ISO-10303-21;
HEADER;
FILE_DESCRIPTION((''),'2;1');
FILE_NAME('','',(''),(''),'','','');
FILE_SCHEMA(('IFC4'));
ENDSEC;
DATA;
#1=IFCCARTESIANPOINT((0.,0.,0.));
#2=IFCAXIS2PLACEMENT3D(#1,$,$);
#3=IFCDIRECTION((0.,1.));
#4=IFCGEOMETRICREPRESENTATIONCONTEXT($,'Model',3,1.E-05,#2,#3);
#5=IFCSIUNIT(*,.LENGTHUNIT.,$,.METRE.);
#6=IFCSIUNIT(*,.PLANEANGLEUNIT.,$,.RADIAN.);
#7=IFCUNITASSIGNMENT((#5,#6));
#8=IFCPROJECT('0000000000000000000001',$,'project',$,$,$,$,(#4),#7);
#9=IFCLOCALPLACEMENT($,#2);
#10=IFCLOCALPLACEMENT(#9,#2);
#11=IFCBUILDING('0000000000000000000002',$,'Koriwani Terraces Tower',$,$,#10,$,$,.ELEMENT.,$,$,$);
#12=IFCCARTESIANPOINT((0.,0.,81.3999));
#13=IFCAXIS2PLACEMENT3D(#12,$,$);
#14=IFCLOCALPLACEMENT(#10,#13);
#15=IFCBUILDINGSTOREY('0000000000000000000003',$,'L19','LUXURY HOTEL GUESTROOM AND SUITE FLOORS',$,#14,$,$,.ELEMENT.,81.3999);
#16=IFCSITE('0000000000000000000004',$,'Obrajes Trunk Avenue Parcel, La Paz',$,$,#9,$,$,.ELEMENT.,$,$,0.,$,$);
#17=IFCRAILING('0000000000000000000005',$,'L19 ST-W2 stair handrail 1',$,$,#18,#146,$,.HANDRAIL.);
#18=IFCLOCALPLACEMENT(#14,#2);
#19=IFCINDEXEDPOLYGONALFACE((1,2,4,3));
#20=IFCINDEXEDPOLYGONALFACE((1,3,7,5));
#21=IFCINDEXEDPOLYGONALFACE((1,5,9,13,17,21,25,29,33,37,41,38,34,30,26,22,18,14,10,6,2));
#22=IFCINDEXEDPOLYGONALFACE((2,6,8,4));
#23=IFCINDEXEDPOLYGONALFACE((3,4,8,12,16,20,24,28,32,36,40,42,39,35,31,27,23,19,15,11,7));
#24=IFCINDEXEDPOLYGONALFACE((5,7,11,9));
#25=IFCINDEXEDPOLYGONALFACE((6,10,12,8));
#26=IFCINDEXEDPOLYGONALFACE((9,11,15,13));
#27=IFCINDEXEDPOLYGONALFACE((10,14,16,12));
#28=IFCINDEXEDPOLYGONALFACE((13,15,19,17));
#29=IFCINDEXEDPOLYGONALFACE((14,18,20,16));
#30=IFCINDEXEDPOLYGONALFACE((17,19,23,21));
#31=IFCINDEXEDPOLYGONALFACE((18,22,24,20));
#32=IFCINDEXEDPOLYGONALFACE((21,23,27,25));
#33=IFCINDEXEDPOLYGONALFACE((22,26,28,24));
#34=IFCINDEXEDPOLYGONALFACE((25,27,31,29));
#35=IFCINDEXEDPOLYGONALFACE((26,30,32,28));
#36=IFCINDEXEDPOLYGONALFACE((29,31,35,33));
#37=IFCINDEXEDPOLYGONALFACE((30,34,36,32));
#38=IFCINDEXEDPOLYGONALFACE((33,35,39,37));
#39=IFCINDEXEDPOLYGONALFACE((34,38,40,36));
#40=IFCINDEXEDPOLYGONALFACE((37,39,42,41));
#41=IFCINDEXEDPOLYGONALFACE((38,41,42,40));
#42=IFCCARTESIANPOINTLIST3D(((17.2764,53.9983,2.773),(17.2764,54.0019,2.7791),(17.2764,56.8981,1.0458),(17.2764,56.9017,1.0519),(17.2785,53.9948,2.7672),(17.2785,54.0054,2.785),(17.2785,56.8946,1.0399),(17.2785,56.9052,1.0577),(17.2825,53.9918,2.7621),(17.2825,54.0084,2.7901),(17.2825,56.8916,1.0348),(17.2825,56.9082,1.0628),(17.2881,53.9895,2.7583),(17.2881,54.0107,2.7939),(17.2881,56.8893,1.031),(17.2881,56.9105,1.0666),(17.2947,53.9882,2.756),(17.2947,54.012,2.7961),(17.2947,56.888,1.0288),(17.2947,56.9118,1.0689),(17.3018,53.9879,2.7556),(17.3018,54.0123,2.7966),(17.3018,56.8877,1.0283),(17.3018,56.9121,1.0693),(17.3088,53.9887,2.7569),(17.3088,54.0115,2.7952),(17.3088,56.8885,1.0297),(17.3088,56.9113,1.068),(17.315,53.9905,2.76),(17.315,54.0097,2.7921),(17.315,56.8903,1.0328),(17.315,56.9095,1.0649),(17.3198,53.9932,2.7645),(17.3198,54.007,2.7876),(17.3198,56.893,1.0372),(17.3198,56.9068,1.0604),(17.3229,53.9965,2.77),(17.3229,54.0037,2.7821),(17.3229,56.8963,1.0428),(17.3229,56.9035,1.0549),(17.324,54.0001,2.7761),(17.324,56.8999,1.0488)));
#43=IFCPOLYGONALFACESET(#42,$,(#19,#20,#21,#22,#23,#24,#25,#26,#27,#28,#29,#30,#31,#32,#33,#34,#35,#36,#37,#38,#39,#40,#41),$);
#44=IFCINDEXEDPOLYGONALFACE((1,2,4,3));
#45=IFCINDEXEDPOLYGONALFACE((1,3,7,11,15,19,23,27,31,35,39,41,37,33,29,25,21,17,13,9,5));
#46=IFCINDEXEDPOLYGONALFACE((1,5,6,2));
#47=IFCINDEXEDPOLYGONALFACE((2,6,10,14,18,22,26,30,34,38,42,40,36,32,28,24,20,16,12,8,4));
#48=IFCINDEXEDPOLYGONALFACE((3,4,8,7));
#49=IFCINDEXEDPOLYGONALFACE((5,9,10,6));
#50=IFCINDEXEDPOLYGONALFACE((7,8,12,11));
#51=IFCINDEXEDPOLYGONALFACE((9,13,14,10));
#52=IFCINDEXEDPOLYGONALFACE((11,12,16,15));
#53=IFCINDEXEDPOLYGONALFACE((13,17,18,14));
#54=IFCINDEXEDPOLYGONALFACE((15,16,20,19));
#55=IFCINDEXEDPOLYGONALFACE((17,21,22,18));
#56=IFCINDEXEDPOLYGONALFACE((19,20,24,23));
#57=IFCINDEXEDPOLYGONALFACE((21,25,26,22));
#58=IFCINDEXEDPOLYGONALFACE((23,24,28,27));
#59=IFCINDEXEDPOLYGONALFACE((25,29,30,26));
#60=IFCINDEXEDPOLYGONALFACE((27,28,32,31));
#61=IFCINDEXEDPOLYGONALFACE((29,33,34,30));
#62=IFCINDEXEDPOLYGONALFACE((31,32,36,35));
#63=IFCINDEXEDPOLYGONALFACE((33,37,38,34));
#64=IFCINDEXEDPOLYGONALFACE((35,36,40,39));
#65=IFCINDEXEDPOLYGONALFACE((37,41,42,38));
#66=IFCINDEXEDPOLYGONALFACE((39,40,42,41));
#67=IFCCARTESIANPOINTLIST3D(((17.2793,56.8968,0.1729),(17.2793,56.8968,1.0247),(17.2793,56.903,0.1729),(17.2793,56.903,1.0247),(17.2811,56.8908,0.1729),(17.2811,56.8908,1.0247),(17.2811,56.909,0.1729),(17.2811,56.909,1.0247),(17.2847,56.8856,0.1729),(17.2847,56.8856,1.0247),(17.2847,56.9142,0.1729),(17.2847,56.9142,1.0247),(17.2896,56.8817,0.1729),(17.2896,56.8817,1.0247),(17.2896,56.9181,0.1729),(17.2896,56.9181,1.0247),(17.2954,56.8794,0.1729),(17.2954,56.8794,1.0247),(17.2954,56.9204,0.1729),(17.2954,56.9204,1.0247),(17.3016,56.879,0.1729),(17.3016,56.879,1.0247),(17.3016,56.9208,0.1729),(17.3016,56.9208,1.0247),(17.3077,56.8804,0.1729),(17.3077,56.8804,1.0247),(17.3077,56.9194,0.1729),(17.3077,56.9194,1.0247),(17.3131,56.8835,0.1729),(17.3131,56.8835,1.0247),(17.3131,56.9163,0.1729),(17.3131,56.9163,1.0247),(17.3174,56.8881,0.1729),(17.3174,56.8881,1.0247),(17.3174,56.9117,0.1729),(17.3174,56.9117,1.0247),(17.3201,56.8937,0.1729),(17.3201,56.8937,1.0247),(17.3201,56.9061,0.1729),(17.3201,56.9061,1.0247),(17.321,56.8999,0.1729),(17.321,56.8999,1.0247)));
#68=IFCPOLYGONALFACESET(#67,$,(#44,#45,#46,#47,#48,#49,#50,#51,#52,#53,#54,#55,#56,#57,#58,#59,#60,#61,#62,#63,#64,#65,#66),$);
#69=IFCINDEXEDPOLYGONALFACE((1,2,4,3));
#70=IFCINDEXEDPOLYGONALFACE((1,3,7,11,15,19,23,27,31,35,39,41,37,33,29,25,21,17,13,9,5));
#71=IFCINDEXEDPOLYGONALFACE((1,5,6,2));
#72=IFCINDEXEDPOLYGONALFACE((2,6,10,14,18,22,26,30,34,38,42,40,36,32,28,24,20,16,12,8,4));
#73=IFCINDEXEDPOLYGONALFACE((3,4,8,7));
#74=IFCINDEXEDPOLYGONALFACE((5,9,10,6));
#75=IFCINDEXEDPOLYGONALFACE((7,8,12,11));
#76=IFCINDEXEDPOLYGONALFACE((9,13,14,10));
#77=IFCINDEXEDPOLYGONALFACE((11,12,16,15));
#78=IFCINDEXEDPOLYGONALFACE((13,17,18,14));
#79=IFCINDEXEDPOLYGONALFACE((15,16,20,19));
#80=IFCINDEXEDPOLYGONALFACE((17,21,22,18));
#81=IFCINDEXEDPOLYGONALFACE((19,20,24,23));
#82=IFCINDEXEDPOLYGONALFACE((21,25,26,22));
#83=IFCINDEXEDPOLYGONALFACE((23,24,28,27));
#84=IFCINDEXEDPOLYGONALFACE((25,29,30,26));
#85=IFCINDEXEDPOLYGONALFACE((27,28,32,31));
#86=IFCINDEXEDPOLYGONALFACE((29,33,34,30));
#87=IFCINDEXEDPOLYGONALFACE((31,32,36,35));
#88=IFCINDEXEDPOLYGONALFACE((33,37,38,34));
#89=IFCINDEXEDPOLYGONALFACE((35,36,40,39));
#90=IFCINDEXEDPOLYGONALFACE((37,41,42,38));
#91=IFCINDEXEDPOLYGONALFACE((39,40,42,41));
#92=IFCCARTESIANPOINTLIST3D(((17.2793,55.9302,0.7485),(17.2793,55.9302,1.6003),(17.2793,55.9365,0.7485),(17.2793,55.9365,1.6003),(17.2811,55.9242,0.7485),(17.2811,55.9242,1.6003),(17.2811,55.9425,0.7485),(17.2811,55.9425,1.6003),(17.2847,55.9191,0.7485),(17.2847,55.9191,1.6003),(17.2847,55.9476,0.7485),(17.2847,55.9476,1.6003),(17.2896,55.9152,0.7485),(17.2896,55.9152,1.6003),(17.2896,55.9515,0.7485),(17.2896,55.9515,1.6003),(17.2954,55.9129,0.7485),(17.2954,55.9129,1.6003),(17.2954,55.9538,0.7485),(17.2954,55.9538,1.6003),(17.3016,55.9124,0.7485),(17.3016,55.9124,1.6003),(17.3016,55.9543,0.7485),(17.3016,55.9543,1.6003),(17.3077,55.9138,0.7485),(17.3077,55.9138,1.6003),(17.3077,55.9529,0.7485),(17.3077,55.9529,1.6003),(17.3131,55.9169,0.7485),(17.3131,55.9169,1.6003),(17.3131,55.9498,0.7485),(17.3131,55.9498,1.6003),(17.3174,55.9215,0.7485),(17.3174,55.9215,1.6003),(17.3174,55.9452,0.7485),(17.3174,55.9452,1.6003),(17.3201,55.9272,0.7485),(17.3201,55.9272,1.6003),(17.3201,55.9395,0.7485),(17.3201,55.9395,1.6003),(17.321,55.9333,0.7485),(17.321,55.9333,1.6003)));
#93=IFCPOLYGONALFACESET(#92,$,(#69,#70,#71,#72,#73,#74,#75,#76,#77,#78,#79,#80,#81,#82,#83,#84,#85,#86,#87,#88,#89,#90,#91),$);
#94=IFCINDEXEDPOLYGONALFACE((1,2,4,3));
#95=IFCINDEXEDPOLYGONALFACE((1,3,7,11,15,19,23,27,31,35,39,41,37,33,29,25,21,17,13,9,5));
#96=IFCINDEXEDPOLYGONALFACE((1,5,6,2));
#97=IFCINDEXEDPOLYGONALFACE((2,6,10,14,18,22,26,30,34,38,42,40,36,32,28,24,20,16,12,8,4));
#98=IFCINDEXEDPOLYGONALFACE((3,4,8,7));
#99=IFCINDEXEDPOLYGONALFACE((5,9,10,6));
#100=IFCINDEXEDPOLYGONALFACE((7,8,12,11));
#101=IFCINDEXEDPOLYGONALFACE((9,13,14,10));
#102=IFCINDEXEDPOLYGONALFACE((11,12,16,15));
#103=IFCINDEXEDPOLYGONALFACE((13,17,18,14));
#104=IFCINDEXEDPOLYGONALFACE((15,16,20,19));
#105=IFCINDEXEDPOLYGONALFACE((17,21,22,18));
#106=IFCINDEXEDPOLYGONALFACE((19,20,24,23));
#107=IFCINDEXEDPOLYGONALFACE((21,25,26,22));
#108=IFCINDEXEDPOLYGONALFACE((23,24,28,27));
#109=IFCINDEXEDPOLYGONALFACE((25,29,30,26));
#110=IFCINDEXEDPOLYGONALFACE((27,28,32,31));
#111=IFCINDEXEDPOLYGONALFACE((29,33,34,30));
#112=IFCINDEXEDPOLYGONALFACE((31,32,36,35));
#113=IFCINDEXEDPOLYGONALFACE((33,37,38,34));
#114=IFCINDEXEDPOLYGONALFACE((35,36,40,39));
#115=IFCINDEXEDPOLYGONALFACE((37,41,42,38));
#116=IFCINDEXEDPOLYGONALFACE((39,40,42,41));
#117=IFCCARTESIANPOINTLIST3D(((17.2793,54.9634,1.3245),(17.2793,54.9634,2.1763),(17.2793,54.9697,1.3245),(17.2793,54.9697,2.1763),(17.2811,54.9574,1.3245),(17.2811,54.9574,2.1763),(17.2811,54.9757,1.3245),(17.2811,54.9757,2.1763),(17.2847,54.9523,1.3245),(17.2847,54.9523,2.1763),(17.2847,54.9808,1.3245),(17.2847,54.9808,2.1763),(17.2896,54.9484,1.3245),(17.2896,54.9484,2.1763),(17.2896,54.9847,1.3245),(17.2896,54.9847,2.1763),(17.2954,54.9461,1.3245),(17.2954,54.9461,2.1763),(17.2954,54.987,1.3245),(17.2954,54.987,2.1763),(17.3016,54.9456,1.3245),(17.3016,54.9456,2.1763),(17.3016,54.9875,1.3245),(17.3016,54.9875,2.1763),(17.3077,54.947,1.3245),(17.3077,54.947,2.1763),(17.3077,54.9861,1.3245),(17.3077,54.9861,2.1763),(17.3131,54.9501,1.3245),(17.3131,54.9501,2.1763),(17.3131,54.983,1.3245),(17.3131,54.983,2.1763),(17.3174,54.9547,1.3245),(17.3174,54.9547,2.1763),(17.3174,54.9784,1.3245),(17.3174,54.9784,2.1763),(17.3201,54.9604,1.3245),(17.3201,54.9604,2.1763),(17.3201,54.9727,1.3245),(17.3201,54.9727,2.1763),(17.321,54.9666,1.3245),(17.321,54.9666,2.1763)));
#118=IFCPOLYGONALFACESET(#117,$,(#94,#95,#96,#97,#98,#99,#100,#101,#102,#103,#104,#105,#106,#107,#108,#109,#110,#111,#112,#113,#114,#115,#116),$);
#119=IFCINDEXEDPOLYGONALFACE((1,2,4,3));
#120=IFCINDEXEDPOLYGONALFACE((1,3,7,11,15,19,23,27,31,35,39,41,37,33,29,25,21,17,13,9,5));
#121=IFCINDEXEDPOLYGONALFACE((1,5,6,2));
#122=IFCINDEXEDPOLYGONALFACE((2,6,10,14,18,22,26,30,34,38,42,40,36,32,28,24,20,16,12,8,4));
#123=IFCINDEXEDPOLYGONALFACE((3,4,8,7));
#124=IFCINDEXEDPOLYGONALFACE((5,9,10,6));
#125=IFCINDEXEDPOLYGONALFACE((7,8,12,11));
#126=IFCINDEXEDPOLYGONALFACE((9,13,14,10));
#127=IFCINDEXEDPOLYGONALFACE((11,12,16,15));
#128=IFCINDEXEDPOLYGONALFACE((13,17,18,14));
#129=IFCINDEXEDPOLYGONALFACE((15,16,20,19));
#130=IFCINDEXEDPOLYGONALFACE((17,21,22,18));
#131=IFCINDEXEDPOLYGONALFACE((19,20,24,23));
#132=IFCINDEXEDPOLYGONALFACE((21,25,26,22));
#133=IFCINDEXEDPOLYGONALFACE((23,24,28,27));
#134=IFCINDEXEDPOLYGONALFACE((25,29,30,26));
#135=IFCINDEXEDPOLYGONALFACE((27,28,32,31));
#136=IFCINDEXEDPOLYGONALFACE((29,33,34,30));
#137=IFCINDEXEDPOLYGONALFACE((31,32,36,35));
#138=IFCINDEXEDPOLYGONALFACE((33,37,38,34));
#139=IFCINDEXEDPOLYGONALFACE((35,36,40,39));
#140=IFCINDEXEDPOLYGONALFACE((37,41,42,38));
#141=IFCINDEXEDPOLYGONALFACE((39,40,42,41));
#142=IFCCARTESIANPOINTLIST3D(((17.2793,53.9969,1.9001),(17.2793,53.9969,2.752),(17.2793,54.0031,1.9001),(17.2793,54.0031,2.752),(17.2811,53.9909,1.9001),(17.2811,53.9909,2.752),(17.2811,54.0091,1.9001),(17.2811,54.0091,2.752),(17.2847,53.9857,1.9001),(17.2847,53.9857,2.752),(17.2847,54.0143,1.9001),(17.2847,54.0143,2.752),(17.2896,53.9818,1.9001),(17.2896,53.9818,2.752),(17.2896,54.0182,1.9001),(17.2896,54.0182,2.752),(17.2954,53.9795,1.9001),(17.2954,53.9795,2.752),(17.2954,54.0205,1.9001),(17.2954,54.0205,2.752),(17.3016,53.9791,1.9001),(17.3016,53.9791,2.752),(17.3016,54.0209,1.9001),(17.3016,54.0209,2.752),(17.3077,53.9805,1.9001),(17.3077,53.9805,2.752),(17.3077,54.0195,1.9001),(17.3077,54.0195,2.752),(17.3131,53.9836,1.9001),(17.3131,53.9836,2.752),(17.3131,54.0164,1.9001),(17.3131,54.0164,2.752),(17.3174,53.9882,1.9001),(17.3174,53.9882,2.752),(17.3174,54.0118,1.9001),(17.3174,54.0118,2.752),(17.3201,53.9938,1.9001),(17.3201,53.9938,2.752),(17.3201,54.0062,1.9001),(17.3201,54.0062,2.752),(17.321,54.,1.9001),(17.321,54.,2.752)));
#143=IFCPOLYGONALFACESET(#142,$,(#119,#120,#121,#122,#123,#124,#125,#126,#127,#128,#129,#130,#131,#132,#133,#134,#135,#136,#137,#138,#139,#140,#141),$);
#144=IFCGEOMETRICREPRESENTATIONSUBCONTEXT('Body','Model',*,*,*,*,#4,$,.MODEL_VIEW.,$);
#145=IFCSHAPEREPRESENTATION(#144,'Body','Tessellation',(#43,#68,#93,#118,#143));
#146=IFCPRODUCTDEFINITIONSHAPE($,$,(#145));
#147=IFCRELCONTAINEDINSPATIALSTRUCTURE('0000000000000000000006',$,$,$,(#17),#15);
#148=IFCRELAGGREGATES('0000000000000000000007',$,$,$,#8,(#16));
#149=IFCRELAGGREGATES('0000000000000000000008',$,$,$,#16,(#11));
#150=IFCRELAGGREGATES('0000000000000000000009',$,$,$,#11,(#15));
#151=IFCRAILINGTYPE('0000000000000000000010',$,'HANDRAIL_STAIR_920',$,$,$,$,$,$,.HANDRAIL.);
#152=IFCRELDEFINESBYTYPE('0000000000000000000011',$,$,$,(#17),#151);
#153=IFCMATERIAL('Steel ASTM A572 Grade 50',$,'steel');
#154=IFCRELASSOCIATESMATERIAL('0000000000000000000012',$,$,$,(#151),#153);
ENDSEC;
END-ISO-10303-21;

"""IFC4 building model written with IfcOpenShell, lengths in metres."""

from ifc_helpers import new_model, si_unit, direction, frame, origin, origin_2d, place, context, subcontext, project, spatial, circle, extrude, material, type_object, element, save


model = new_model("IFC4")

# Units and contexts
model_context = context("Model", 3, precision=1e-05, world=origin(), true_north=direction((0.0, 1.0)))
body_context = subcontext(model_context, "Body", "Model", "MODEL_VIEW")
ifc_project = project(units=[si_unit("LENGTHUNIT", "METRE"), si_unit("PLANEANGLEUNIT", "RADIAN")], contexts=[model_context])

# Site, building, storey
site_placement = place(None, origin())
site = spatial("IfcSite", under=ifc_project, at=site_placement, Name="Obrajes Trunk Avenue Parcel, La Paz", CompositionType="ELEMENT", RefElevation=0.0)
building_placement = place(site_placement, origin())
building = spatial("IfcBuilding", under=site, at=building_placement, Name="Koriwani Terraces Tower", CompositionType="ELEMENT")
storey_placement = place(building_placement, frame((0.0, 0.0, 81.3999)))
storey = spatial("IfcBuildingStorey", under=building, at=storey_placement, Name="L19", Description="LUXURY HOTEL GUESTROOM AND SUITE FLOORS", CompositionType="ELEMENT", Elevation=81.3999)

# Shared definitions
ifc_material_1 = material(Name="Steel ASTM A572 Grade 50", Category="steel")

# Railing
railing_type_1 = type_object("IfcRailingType", Name="HANDRAIL_STAIR_920", PredefinedType="HANDRAIL", material=ifc_material_1)
for number, where, name in (
    (1, (17.3, 56.8999, 0.1729), "L19 ST-W2 stair handrail 1"),
):
    element("IfcRailing", number, at=place(storey_placement, frame(where)), inside=storey, type_object=railing_type_1, Name=name, PredefinedType="HANDRAIL", context=body_context, shape_type="SweptSolid", body=[
        extrude(circle(Radius=0.0239, at=origin_2d()), frame((0.0, 0.0, 0.876), z_axis=(0.0, -0.859141, 0.511738), x_axis=(1.0, 0.0, 0.0)), (0.0, 0.0, 1.0), 3.3752),
        extrude(circle(Radius=0.021, at=origin_2d()), origin(), (0.0, 0.0, 1.0), 0.8518),
        extrude(circle(Radius=0.021, at=origin_2d()), frame((0.0, -0.9666, 0.5757)), (0.0, 0.0, 1.0), 0.8518),
        extrude(circle(Radius=0.021, at=origin_2d()), frame((0.0, -1.9333, 1.1516)), (0.0, 0.0, 1.0), 0.8518),
        extrude(circle(Radius=0.021, at=origin_2d()), frame((0.0, -2.8999, 1.7273)), (0.0, 0.0, 1.0), 0.8518),
    ])

save(model, "model.ifc")
